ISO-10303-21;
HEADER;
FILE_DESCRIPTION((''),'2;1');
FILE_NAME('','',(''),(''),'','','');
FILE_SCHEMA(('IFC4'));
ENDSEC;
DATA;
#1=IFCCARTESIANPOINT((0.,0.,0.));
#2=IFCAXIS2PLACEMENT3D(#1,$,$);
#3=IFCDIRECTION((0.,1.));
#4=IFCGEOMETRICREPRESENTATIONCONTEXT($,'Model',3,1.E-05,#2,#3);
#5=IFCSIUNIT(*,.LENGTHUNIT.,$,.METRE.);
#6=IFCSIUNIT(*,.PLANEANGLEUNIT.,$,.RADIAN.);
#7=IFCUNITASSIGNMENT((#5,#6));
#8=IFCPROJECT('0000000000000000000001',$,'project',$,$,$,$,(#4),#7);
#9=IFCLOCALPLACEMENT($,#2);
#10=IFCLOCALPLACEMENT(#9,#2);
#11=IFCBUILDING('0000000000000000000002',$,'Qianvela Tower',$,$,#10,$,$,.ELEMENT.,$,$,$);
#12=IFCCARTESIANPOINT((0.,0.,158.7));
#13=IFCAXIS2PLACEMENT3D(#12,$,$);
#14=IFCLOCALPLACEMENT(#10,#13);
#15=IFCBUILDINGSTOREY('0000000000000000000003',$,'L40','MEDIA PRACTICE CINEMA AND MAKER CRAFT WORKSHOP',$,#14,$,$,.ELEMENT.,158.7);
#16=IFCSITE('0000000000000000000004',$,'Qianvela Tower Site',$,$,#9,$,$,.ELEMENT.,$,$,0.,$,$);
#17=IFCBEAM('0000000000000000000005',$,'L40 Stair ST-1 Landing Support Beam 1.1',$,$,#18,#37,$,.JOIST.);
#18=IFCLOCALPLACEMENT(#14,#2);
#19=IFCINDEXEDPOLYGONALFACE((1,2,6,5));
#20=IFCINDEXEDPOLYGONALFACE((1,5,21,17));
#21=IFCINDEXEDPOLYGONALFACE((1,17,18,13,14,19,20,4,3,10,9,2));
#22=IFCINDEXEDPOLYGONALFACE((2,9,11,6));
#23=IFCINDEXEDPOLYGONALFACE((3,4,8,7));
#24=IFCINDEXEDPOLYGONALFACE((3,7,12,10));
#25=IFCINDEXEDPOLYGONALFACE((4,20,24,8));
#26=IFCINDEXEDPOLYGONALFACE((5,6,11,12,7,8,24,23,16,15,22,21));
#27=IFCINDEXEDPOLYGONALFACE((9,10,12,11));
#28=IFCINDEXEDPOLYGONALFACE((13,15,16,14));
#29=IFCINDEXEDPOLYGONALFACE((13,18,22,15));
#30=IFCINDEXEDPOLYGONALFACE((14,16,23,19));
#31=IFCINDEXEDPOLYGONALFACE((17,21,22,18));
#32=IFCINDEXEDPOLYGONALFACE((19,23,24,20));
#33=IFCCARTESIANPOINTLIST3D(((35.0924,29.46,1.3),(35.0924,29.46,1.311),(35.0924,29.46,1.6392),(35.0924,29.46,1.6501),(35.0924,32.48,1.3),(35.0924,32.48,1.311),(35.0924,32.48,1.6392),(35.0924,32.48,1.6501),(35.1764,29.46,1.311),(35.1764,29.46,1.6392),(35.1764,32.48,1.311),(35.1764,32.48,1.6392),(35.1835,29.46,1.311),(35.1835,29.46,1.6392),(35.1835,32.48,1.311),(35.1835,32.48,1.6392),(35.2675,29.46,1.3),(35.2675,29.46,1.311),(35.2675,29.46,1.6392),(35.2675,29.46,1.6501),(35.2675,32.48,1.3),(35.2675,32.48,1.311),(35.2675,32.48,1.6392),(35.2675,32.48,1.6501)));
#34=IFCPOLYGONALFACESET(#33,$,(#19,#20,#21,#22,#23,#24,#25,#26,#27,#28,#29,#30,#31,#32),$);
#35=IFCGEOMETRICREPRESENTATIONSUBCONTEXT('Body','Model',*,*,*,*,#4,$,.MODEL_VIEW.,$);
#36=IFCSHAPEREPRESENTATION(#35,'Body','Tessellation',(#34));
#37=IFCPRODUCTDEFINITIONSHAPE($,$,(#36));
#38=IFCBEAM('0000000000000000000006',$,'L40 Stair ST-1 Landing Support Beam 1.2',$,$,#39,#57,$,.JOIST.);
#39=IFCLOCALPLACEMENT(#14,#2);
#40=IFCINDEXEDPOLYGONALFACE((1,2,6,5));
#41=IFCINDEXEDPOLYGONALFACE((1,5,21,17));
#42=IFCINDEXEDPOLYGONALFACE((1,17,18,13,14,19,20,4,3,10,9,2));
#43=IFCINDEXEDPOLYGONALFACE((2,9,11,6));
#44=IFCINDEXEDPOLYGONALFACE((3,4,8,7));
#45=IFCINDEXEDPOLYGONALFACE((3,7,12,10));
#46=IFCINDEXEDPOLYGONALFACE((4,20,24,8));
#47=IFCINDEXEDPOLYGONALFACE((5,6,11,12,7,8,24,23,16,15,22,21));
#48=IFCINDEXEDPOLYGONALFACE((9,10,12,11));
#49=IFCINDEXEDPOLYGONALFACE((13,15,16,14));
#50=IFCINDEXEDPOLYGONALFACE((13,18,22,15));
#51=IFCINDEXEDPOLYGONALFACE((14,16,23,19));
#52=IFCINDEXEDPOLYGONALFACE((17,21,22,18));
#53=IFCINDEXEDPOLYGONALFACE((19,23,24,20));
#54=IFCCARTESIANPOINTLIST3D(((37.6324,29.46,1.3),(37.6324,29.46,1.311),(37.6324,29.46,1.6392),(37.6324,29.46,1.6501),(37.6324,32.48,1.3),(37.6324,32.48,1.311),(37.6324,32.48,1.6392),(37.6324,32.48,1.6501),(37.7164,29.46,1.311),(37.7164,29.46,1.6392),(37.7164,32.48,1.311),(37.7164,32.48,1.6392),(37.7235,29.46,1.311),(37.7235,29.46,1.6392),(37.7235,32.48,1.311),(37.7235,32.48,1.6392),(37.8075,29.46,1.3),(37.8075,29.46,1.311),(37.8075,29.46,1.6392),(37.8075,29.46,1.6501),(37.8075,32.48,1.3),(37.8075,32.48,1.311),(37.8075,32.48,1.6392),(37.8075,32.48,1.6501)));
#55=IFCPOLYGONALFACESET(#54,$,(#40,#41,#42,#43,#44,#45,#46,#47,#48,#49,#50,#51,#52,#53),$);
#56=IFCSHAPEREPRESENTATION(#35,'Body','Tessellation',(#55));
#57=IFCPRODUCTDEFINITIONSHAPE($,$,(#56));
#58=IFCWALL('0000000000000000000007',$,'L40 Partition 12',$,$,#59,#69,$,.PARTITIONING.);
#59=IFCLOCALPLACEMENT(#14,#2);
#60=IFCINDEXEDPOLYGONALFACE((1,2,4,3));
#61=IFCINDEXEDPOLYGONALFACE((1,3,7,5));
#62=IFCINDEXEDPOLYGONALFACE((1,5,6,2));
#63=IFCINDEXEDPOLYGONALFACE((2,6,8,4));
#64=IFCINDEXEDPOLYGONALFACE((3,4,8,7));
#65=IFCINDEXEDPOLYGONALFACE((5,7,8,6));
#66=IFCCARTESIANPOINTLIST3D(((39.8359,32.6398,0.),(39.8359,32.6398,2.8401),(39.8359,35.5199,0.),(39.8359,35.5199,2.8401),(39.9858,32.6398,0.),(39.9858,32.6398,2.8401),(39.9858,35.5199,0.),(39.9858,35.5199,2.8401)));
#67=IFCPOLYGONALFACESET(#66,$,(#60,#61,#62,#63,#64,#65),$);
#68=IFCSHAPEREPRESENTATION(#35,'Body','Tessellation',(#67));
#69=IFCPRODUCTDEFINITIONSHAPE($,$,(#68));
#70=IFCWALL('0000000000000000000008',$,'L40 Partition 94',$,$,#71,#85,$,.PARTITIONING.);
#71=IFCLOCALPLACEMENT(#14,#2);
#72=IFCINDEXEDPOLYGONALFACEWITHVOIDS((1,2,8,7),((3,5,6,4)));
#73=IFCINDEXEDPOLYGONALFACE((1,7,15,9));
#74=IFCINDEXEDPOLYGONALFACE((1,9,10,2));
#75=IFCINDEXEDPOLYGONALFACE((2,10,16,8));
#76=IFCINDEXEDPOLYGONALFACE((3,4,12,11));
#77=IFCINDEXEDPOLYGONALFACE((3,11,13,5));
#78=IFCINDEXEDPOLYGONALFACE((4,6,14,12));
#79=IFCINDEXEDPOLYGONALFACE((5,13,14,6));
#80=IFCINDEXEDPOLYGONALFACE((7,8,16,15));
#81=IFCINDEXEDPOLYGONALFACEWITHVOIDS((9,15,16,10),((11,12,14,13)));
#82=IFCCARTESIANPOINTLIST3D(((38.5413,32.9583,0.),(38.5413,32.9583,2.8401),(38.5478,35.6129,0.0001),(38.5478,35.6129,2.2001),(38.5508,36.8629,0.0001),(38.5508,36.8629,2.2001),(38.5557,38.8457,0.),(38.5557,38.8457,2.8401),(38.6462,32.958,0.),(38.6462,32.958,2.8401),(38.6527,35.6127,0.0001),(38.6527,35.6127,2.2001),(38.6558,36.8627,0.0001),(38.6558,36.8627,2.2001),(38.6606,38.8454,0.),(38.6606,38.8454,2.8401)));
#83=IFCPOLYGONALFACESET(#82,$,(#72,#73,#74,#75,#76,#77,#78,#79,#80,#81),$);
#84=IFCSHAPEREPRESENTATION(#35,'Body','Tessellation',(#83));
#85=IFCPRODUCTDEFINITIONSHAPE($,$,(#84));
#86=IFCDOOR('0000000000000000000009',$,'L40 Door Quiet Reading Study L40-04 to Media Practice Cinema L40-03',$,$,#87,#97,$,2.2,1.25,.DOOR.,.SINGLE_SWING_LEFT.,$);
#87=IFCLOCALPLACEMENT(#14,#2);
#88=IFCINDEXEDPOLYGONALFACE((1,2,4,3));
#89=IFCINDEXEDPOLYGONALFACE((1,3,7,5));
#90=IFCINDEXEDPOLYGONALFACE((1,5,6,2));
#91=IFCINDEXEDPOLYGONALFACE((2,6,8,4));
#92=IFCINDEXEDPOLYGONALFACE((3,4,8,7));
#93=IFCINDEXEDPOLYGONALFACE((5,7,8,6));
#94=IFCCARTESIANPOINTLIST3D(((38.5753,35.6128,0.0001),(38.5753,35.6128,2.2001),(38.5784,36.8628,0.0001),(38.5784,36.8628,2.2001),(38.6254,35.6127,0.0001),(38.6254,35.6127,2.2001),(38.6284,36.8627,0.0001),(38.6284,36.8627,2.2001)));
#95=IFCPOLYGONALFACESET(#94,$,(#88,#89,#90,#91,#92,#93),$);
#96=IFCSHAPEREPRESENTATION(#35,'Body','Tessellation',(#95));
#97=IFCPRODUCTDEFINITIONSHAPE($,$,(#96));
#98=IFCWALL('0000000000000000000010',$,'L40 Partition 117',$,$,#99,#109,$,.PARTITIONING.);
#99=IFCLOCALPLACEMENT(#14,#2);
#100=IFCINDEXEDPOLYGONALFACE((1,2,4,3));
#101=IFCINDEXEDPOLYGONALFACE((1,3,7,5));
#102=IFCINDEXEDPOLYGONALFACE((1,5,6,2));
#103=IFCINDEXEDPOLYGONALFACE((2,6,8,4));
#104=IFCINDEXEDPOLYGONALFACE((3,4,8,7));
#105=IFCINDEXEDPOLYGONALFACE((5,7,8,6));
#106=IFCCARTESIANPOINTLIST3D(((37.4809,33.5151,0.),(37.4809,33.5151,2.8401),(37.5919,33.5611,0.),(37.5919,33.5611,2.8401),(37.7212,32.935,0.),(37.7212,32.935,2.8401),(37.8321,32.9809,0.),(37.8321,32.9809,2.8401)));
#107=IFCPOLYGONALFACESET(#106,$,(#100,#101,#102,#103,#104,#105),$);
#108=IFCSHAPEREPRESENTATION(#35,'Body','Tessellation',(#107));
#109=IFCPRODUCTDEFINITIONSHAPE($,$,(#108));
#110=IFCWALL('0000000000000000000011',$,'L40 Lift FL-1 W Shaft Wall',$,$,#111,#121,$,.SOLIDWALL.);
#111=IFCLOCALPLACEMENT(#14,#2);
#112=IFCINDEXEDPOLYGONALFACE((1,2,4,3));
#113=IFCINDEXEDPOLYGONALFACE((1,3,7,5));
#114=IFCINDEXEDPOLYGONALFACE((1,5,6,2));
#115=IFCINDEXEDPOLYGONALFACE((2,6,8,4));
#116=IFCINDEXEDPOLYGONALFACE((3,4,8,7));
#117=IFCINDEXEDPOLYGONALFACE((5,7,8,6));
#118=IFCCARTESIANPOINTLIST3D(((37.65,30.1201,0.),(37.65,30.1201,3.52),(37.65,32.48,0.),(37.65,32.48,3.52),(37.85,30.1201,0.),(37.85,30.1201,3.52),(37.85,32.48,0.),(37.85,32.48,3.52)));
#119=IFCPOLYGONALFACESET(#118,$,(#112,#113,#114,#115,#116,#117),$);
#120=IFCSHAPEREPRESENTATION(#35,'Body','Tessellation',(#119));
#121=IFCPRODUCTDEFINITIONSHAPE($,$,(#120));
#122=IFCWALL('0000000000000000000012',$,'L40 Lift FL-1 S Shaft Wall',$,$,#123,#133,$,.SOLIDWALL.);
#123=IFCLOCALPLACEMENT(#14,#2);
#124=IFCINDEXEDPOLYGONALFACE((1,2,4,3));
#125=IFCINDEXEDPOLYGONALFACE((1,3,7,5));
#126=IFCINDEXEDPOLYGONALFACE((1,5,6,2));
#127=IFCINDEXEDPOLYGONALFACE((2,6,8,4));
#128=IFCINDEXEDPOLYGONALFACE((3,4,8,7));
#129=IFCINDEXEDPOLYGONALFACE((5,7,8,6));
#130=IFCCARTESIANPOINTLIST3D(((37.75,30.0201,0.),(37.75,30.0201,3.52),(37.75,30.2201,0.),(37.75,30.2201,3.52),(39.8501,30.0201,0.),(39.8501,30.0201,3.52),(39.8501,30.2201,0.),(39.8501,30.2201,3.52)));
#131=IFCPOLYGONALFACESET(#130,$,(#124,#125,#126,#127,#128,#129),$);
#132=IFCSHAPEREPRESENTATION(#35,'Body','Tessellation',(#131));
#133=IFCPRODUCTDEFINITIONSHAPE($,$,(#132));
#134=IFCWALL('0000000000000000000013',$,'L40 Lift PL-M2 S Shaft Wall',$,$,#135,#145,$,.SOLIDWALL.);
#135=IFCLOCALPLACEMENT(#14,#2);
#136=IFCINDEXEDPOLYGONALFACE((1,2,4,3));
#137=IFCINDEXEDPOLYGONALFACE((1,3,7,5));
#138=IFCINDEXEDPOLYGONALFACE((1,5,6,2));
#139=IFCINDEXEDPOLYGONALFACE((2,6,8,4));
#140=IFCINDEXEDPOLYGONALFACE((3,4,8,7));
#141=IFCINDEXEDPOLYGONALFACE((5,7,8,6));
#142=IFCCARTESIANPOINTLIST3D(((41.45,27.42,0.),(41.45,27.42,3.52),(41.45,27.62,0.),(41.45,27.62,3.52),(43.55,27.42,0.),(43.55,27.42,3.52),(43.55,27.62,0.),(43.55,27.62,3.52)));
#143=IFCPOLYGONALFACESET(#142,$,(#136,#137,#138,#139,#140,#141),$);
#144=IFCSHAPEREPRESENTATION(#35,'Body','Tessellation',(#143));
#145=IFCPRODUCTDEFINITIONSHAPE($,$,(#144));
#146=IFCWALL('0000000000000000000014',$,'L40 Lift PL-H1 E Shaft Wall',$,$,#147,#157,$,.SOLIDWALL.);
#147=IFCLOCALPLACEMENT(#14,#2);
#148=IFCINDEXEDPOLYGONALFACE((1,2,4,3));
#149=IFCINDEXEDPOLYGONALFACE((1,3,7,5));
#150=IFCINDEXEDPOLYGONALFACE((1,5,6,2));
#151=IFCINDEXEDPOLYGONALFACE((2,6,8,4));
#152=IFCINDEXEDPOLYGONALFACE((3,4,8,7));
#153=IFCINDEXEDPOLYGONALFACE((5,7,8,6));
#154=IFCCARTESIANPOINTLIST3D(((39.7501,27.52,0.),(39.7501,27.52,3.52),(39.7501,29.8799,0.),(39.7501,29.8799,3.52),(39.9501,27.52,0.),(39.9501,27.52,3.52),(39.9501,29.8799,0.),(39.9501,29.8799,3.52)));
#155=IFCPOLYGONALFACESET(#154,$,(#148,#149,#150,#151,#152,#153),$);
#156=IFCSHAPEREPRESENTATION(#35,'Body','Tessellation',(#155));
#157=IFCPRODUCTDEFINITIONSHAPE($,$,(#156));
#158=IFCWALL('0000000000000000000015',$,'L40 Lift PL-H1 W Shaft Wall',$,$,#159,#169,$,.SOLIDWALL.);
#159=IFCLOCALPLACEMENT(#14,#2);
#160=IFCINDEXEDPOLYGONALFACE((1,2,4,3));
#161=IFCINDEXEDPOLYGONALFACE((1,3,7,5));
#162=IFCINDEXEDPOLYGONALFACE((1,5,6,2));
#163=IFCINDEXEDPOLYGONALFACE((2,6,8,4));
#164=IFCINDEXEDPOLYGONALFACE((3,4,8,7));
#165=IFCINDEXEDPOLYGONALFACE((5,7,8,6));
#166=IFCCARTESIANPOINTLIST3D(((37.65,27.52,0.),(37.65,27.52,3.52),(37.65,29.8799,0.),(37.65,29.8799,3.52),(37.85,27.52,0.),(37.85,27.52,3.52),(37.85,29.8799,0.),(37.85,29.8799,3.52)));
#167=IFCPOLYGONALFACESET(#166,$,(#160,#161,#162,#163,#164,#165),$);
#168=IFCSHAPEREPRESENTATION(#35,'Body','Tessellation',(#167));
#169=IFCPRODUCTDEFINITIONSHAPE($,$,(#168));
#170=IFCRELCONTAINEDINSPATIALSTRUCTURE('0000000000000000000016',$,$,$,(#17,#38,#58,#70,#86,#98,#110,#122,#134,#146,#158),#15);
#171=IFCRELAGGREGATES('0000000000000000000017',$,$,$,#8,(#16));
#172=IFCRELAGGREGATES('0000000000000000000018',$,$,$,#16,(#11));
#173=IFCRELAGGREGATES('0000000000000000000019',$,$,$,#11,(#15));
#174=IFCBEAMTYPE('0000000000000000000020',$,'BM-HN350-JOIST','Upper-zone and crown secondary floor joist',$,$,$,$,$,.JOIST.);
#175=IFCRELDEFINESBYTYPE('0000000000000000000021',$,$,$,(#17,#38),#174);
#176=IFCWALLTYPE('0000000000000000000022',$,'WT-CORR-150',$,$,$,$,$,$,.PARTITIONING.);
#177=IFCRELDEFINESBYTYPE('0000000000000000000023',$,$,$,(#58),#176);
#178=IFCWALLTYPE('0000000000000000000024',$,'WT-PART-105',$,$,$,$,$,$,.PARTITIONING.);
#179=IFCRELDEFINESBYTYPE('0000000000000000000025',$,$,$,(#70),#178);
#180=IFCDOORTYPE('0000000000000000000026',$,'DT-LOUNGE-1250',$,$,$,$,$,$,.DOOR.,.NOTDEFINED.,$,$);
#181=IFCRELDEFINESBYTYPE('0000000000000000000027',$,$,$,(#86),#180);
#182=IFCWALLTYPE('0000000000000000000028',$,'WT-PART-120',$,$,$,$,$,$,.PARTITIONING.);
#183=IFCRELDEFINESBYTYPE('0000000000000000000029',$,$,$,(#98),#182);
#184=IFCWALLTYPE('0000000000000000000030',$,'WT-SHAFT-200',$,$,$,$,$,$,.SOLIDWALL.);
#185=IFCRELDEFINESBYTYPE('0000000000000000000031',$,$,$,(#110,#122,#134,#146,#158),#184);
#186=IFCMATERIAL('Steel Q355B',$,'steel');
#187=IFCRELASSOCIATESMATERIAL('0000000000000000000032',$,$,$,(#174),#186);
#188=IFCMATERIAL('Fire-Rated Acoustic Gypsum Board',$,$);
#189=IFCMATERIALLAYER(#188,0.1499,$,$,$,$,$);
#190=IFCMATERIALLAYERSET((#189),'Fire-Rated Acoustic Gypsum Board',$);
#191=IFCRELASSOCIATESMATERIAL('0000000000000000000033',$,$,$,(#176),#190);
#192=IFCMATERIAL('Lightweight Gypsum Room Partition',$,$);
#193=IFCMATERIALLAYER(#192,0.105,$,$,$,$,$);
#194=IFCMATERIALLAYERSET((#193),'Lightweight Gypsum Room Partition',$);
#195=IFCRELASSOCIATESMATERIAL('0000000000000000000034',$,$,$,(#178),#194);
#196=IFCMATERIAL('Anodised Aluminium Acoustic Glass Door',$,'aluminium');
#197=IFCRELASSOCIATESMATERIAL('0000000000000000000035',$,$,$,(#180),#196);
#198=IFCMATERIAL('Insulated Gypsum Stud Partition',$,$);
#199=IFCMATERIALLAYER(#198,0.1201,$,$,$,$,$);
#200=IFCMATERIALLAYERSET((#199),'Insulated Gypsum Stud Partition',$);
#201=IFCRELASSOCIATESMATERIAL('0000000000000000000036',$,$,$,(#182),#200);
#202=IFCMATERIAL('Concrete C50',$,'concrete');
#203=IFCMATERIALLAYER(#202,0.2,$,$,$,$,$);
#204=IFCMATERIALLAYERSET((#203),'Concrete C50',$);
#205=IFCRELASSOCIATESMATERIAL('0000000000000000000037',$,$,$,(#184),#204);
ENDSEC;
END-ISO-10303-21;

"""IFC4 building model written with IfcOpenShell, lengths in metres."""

from ifc_helpers import new_model, si_unit, direction, frame, frame_2d, origin, origin_2d, place, context, subcontext, project, spatial, rectangle, i_section, extrude, material, layer, layer_set, material_profile, profile_set, type_object, element, fill, save


model = new_model("IFC4")

# Units and contexts
model_context = context("Model", 3, precision=1e-05, world=origin(), true_north=direction((0.0, 1.0)))
body_context = subcontext(model_context, "Body", "Model", "MODEL_VIEW")
ifc_project = project(units=[si_unit("LENGTHUNIT", "METRE"), si_unit("PLANEANGLEUNIT", "RADIAN")], contexts=[model_context])

# Site, building, storey
site_placement = place(None, origin())
site = spatial("IfcSite", under=ifc_project, at=site_placement, Name="Qianvela Tower Site", CompositionType="ELEMENT", RefElevation=0.0)
building_placement = place(site_placement, origin())
building = spatial("IfcBuilding", under=site, at=building_placement, Name="Qianvela Tower", CompositionType="ELEMENT")
storey_placement = place(building_placement, frame((0.0, 0.0, 158.7)))
storey = spatial("IfcBuildingStorey", under=building, at=storey_placement, Name="L40", Description="MEDIA PRACTICE CINEMA AND MAKER CRAFT WORKSHOP", CompositionType="ELEMENT", Elevation=158.7)

# Beams
ifc_material_1 = material(Name="Steel Q355B", Category="steel")
ifc_material_profile = material_profile(ifc_material_1, i_section(OverallWidth=0.175, OverallDepth=0.3501, WebThickness=0.0071, FlangeThickness=0.011, at=origin_2d()), Name="HN350x175x7x11")
ifc_profile_set = profile_set([ifc_material_profile], Name="Steel Q355B")
beam_type = type_object("IfcBeamType", Name="BM-HN350-JOIST", Description="Upper-zone and crown secondary floor joist", PredefinedType="JOIST", material=ifc_profile_set)
for number, where, z_axis, x_axis, name in (
    (1, (35.1799, 29.46, 1.4751), (0.0, 1.0, 0.0), (-1.0, 0.0, 0.0), "L40 Stair ST-1 Landing Support Beam 1.1"),
    (2, (37.72, 29.46, 1.4751), (0.0, 1.0, 0.0), (-1.0, 0.0, 0.0), "L40 Stair ST-1 Landing Support Beam 1.2"),
):
    element("IfcBeam", number, at=place(storey_placement, frame(where, z_axis=z_axis, x_axis=x_axis)), inside=storey, type_object=beam_type, Name=name, PredefinedType="JOIST", context=body_context, shape_type="SweptSolid", body=[
        extrude(i_section(OverallWidth=0.175, OverallDepth=0.3501, WebThickness=0.0071, FlangeThickness=0.011, at=origin_2d()), origin(), (0.0, 0.0, 1.0), 3.02),
    ])

# Wall
ifc_material_2 = material(Name="Fire-Rated Acoustic Gypsum Board")
ifc_layer_1 = layer(ifc_material_2, 0.1499)
ifc_layer_set_1 = layer_set([ifc_layer_1], Name="Fire-Rated Acoustic Gypsum Board")
wall_type_1 = type_object("IfcWallType", Name="WT-CORR-150", PredefinedType="PARTITIONING", material=ifc_layer_set_1)
wall_1_placement = place(storey_placement, frame((39.9109, 32.6399, 0.0), z_axis=(0.0, 0.0, 1.0), x_axis=(0.0, 1.0, 0.0)))
element("IfcWall", 3, at=wall_1_placement, inside=storey, type_object=wall_type_1, Name="L40 Partition 12", PredefinedType="PARTITIONING", context=body_context, shape_type="SweptSolid", body=[
    extrude(rectangle(XDim=2.8801, YDim=0.1499, at=frame_2d((1.4399, 0.0))), origin(), (0.0, 0.0, 1.0), 2.8401),
])

# Wall, opening, door
ifc_material_3 = material(Name="Lightweight Gypsum Room Partition")
ifc_layer_2 = layer(ifc_material_3, 0.105)
ifc_layer_set_2 = layer_set([ifc_layer_2], Name="Lightweight Gypsum Room Partition")
wall_type_2 = type_object("IfcWallType", Name="WT-PART-105", PredefinedType="PARTITIONING", material=ifc_layer_set_2)
wall_2_placement = place(storey_placement, frame((38.5938, 32.958, 0.0), z_axis=(0.0, 0.0, 1.0), x_axis=(0.002447, 0.999997, 0.0)))
wall_2 = element("IfcWall", 4, at=wall_2_placement, inside=storey, type_object=wall_type_2, Name="L40 Partition 94", PredefinedType="PARTITIONING", context=body_context, shape_type="SweptSolid", body=[
    extrude(rectangle(XDim=5.8875, YDim=0.105, at=frame_2d((2.9438, 0.0))), origin(), (0.0, 0.0, 1.0), 2.8401),
])
opening_1_placement = place(wall_2_placement, frame((2.6548, 0.0, 0.0)))
opening_1 = element("IfcOpeningElement", 5, at=opening_1_placement, cuts=wall_2, PredefinedType="OPENING", context=body_context, shape_type="SweptSolid", body=[
    extrude(rectangle(XDim=1.25, YDim=2.2, at=frame_2d((0.625, 1.1001))), frame((0.0, 0.0625, 0.0), z_axis=(0.0, -1.0, 0.0), x_axis=(1.0, 0.0, 0.0)), (0.0, 0.0, 1.0), 0.125),
])
ifc_material_4 = material(Name="Anodised Aluminium Acoustic Glass Door", Category="aluminium")
door_type_1 = type_object("IfcDoorType", Name="DT-LOUNGE-1250", OperationType="NOTDEFINED", PredefinedType="DOOR", material=ifc_material_4)
door_1_placement = place(opening_1_placement, origin())
door_1 = element("IfcDoor", 6, at=door_1_placement, inside=storey, type_object=door_type_1, Name="L40 Door Quiet Reading Study L40-04 to Media Practice Cinema L40-03", OperationType="SINGLE_SWING_LEFT", OverallHeight=2.2, OverallWidth=1.25, PredefinedType="DOOR", context=body_context, shape_type="SweptSolid", body=[
    extrude(rectangle(XDim=1.25, YDim=2.2, at=frame_2d((0.625, 1.1001))), frame((0.0, 0.0249, 0.0), z_axis=(0.0, -1.0, 0.0), x_axis=(1.0, 0.0, 0.0)), (0.0, 0.0, 1.0), 0.05),
])
fill(opening_1, door_1)

# Wall
ifc_material_5 = material(Name="Insulated Gypsum Stud Partition")
ifc_layer_3 = layer(ifc_material_5, 0.1201)
ifc_layer_set_3 = layer_set([ifc_layer_3], Name="Insulated Gypsum Stud Partition")
wall_type_3 = type_object("IfcWallType", Name="WT-PART-120", PredefinedType="PARTITIONING", material=ifc_layer_set_3)
wall_3_placement = place(storey_placement, frame((37.5364, 33.5381, 0.0), z_axis=(0.0, 0.0, 1.0), x_axis=(0.382627, -0.923903, 0.0)))
element("IfcWall", 7, at=wall_3_placement, inside=storey, type_object=wall_type_3, Name="L40 Partition 117", PredefinedType="PARTITIONING", context=body_context, shape_type="SweptSolid", body=[
    extrude(rectangle(XDim=0.6279, YDim=0.1201, at=frame_2d((0.314, 0.0))), origin(), (0.0, 0.0, 1.0), 2.8401),
])

# Shared definitions
ifc_material_6 = material(Name="Concrete C50", Category="concrete")
ifc_layer_4 = layer(ifc_material_6, 0.2)
ifc_layer_set_4 = layer_set([ifc_layer_4], Name="Concrete C50")
wall_type_4 = type_object("IfcWallType", Name="WT-SHAFT-200", PredefinedType="SOLIDWALL", material=ifc_layer_set_4)

# Walls
wall_4_placement = place(storey_placement, frame((37.75, 30.1201, 0.0), z_axis=(0.0, 0.0, 1.0), x_axis=(0.0, 1.0, 0.0)))
element("IfcWall", 8, at=wall_4_placement, inside=storey, type_object=wall_type_4, Name="L40 Lift FL-1 W Shaft Wall", PredefinedType="SOLIDWALL", context=body_context, shape_type="SweptSolid", body=[
    extrude(rectangle(XDim=2.3599, YDim=0.2, at=frame_2d((1.1799, 0.0))), origin(), (0.0, 0.0, 1.0), 3.52),
])
wall_5_placement = place(storey_placement, frame((37.75, 30.1201, 0.0), z_axis=(0.0, 0.0, 1.0), x_axis=(1.0, 0.0, 0.0)))
element("IfcWall", 9, at=wall_5_placement, inside=storey, type_object=wall_type_4, Name="L40 Lift FL-1 S Shaft Wall", PredefinedType="SOLIDWALL", context=body_context, shape_type="SweptSolid", body=[
    extrude(rectangle(XDim=2.1001, YDim=0.2, at=frame_2d((1.05, 0.0))), origin(), (0.0, 0.0, 1.0), 3.52),
])

# Walls
wall_6_placement = place(storey_placement, frame((41.45, 27.52, 0.0), z_axis=(0.0, 0.0, 1.0), x_axis=(1.0, 0.0, 0.0)))
element("IfcWall", 10, at=wall_6_placement, inside=storey, type_object=wall_type_4, Name="L40 Lift PL-M2 S Shaft Wall", PredefinedType="SOLIDWALL", context=body_context, shape_type="SweptSolid", body=[
    extrude(rectangle(XDim=2.1001, YDim=0.2, at=frame_2d((1.05, 0.0))), origin(), (0.0, 0.0, 1.0), 3.52),
])
for number, where, z_axis, x_axis, name in (
    (11, (39.8501, 27.52, 0.0), (0.0, 0.0, 1.0), (0.0, 1.0, 0.0), "L40 Lift PL-H1 E Shaft Wall"),
    (12, (37.75, 27.52, 0.0), (0.0, 0.0, 1.0), (0.0, 1.0, 0.0), "L40 Lift PL-H1 W Shaft Wall"),
):
    element("IfcWall", number, at=place(storey_placement, frame(where, z_axis=z_axis, x_axis=x_axis)), inside=storey, type_object=wall_type_4, Name=name, PredefinedType="SOLIDWALL", context=body_context, shape_type="SweptSolid", body=[
        extrude(rectangle(XDim=2.3599, YDim=0.2, at=frame_2d((1.1799, 0.0))), origin(), (0.0, 0.0, 1.0), 3.52),
    ])

save(model, "model.ifc")
